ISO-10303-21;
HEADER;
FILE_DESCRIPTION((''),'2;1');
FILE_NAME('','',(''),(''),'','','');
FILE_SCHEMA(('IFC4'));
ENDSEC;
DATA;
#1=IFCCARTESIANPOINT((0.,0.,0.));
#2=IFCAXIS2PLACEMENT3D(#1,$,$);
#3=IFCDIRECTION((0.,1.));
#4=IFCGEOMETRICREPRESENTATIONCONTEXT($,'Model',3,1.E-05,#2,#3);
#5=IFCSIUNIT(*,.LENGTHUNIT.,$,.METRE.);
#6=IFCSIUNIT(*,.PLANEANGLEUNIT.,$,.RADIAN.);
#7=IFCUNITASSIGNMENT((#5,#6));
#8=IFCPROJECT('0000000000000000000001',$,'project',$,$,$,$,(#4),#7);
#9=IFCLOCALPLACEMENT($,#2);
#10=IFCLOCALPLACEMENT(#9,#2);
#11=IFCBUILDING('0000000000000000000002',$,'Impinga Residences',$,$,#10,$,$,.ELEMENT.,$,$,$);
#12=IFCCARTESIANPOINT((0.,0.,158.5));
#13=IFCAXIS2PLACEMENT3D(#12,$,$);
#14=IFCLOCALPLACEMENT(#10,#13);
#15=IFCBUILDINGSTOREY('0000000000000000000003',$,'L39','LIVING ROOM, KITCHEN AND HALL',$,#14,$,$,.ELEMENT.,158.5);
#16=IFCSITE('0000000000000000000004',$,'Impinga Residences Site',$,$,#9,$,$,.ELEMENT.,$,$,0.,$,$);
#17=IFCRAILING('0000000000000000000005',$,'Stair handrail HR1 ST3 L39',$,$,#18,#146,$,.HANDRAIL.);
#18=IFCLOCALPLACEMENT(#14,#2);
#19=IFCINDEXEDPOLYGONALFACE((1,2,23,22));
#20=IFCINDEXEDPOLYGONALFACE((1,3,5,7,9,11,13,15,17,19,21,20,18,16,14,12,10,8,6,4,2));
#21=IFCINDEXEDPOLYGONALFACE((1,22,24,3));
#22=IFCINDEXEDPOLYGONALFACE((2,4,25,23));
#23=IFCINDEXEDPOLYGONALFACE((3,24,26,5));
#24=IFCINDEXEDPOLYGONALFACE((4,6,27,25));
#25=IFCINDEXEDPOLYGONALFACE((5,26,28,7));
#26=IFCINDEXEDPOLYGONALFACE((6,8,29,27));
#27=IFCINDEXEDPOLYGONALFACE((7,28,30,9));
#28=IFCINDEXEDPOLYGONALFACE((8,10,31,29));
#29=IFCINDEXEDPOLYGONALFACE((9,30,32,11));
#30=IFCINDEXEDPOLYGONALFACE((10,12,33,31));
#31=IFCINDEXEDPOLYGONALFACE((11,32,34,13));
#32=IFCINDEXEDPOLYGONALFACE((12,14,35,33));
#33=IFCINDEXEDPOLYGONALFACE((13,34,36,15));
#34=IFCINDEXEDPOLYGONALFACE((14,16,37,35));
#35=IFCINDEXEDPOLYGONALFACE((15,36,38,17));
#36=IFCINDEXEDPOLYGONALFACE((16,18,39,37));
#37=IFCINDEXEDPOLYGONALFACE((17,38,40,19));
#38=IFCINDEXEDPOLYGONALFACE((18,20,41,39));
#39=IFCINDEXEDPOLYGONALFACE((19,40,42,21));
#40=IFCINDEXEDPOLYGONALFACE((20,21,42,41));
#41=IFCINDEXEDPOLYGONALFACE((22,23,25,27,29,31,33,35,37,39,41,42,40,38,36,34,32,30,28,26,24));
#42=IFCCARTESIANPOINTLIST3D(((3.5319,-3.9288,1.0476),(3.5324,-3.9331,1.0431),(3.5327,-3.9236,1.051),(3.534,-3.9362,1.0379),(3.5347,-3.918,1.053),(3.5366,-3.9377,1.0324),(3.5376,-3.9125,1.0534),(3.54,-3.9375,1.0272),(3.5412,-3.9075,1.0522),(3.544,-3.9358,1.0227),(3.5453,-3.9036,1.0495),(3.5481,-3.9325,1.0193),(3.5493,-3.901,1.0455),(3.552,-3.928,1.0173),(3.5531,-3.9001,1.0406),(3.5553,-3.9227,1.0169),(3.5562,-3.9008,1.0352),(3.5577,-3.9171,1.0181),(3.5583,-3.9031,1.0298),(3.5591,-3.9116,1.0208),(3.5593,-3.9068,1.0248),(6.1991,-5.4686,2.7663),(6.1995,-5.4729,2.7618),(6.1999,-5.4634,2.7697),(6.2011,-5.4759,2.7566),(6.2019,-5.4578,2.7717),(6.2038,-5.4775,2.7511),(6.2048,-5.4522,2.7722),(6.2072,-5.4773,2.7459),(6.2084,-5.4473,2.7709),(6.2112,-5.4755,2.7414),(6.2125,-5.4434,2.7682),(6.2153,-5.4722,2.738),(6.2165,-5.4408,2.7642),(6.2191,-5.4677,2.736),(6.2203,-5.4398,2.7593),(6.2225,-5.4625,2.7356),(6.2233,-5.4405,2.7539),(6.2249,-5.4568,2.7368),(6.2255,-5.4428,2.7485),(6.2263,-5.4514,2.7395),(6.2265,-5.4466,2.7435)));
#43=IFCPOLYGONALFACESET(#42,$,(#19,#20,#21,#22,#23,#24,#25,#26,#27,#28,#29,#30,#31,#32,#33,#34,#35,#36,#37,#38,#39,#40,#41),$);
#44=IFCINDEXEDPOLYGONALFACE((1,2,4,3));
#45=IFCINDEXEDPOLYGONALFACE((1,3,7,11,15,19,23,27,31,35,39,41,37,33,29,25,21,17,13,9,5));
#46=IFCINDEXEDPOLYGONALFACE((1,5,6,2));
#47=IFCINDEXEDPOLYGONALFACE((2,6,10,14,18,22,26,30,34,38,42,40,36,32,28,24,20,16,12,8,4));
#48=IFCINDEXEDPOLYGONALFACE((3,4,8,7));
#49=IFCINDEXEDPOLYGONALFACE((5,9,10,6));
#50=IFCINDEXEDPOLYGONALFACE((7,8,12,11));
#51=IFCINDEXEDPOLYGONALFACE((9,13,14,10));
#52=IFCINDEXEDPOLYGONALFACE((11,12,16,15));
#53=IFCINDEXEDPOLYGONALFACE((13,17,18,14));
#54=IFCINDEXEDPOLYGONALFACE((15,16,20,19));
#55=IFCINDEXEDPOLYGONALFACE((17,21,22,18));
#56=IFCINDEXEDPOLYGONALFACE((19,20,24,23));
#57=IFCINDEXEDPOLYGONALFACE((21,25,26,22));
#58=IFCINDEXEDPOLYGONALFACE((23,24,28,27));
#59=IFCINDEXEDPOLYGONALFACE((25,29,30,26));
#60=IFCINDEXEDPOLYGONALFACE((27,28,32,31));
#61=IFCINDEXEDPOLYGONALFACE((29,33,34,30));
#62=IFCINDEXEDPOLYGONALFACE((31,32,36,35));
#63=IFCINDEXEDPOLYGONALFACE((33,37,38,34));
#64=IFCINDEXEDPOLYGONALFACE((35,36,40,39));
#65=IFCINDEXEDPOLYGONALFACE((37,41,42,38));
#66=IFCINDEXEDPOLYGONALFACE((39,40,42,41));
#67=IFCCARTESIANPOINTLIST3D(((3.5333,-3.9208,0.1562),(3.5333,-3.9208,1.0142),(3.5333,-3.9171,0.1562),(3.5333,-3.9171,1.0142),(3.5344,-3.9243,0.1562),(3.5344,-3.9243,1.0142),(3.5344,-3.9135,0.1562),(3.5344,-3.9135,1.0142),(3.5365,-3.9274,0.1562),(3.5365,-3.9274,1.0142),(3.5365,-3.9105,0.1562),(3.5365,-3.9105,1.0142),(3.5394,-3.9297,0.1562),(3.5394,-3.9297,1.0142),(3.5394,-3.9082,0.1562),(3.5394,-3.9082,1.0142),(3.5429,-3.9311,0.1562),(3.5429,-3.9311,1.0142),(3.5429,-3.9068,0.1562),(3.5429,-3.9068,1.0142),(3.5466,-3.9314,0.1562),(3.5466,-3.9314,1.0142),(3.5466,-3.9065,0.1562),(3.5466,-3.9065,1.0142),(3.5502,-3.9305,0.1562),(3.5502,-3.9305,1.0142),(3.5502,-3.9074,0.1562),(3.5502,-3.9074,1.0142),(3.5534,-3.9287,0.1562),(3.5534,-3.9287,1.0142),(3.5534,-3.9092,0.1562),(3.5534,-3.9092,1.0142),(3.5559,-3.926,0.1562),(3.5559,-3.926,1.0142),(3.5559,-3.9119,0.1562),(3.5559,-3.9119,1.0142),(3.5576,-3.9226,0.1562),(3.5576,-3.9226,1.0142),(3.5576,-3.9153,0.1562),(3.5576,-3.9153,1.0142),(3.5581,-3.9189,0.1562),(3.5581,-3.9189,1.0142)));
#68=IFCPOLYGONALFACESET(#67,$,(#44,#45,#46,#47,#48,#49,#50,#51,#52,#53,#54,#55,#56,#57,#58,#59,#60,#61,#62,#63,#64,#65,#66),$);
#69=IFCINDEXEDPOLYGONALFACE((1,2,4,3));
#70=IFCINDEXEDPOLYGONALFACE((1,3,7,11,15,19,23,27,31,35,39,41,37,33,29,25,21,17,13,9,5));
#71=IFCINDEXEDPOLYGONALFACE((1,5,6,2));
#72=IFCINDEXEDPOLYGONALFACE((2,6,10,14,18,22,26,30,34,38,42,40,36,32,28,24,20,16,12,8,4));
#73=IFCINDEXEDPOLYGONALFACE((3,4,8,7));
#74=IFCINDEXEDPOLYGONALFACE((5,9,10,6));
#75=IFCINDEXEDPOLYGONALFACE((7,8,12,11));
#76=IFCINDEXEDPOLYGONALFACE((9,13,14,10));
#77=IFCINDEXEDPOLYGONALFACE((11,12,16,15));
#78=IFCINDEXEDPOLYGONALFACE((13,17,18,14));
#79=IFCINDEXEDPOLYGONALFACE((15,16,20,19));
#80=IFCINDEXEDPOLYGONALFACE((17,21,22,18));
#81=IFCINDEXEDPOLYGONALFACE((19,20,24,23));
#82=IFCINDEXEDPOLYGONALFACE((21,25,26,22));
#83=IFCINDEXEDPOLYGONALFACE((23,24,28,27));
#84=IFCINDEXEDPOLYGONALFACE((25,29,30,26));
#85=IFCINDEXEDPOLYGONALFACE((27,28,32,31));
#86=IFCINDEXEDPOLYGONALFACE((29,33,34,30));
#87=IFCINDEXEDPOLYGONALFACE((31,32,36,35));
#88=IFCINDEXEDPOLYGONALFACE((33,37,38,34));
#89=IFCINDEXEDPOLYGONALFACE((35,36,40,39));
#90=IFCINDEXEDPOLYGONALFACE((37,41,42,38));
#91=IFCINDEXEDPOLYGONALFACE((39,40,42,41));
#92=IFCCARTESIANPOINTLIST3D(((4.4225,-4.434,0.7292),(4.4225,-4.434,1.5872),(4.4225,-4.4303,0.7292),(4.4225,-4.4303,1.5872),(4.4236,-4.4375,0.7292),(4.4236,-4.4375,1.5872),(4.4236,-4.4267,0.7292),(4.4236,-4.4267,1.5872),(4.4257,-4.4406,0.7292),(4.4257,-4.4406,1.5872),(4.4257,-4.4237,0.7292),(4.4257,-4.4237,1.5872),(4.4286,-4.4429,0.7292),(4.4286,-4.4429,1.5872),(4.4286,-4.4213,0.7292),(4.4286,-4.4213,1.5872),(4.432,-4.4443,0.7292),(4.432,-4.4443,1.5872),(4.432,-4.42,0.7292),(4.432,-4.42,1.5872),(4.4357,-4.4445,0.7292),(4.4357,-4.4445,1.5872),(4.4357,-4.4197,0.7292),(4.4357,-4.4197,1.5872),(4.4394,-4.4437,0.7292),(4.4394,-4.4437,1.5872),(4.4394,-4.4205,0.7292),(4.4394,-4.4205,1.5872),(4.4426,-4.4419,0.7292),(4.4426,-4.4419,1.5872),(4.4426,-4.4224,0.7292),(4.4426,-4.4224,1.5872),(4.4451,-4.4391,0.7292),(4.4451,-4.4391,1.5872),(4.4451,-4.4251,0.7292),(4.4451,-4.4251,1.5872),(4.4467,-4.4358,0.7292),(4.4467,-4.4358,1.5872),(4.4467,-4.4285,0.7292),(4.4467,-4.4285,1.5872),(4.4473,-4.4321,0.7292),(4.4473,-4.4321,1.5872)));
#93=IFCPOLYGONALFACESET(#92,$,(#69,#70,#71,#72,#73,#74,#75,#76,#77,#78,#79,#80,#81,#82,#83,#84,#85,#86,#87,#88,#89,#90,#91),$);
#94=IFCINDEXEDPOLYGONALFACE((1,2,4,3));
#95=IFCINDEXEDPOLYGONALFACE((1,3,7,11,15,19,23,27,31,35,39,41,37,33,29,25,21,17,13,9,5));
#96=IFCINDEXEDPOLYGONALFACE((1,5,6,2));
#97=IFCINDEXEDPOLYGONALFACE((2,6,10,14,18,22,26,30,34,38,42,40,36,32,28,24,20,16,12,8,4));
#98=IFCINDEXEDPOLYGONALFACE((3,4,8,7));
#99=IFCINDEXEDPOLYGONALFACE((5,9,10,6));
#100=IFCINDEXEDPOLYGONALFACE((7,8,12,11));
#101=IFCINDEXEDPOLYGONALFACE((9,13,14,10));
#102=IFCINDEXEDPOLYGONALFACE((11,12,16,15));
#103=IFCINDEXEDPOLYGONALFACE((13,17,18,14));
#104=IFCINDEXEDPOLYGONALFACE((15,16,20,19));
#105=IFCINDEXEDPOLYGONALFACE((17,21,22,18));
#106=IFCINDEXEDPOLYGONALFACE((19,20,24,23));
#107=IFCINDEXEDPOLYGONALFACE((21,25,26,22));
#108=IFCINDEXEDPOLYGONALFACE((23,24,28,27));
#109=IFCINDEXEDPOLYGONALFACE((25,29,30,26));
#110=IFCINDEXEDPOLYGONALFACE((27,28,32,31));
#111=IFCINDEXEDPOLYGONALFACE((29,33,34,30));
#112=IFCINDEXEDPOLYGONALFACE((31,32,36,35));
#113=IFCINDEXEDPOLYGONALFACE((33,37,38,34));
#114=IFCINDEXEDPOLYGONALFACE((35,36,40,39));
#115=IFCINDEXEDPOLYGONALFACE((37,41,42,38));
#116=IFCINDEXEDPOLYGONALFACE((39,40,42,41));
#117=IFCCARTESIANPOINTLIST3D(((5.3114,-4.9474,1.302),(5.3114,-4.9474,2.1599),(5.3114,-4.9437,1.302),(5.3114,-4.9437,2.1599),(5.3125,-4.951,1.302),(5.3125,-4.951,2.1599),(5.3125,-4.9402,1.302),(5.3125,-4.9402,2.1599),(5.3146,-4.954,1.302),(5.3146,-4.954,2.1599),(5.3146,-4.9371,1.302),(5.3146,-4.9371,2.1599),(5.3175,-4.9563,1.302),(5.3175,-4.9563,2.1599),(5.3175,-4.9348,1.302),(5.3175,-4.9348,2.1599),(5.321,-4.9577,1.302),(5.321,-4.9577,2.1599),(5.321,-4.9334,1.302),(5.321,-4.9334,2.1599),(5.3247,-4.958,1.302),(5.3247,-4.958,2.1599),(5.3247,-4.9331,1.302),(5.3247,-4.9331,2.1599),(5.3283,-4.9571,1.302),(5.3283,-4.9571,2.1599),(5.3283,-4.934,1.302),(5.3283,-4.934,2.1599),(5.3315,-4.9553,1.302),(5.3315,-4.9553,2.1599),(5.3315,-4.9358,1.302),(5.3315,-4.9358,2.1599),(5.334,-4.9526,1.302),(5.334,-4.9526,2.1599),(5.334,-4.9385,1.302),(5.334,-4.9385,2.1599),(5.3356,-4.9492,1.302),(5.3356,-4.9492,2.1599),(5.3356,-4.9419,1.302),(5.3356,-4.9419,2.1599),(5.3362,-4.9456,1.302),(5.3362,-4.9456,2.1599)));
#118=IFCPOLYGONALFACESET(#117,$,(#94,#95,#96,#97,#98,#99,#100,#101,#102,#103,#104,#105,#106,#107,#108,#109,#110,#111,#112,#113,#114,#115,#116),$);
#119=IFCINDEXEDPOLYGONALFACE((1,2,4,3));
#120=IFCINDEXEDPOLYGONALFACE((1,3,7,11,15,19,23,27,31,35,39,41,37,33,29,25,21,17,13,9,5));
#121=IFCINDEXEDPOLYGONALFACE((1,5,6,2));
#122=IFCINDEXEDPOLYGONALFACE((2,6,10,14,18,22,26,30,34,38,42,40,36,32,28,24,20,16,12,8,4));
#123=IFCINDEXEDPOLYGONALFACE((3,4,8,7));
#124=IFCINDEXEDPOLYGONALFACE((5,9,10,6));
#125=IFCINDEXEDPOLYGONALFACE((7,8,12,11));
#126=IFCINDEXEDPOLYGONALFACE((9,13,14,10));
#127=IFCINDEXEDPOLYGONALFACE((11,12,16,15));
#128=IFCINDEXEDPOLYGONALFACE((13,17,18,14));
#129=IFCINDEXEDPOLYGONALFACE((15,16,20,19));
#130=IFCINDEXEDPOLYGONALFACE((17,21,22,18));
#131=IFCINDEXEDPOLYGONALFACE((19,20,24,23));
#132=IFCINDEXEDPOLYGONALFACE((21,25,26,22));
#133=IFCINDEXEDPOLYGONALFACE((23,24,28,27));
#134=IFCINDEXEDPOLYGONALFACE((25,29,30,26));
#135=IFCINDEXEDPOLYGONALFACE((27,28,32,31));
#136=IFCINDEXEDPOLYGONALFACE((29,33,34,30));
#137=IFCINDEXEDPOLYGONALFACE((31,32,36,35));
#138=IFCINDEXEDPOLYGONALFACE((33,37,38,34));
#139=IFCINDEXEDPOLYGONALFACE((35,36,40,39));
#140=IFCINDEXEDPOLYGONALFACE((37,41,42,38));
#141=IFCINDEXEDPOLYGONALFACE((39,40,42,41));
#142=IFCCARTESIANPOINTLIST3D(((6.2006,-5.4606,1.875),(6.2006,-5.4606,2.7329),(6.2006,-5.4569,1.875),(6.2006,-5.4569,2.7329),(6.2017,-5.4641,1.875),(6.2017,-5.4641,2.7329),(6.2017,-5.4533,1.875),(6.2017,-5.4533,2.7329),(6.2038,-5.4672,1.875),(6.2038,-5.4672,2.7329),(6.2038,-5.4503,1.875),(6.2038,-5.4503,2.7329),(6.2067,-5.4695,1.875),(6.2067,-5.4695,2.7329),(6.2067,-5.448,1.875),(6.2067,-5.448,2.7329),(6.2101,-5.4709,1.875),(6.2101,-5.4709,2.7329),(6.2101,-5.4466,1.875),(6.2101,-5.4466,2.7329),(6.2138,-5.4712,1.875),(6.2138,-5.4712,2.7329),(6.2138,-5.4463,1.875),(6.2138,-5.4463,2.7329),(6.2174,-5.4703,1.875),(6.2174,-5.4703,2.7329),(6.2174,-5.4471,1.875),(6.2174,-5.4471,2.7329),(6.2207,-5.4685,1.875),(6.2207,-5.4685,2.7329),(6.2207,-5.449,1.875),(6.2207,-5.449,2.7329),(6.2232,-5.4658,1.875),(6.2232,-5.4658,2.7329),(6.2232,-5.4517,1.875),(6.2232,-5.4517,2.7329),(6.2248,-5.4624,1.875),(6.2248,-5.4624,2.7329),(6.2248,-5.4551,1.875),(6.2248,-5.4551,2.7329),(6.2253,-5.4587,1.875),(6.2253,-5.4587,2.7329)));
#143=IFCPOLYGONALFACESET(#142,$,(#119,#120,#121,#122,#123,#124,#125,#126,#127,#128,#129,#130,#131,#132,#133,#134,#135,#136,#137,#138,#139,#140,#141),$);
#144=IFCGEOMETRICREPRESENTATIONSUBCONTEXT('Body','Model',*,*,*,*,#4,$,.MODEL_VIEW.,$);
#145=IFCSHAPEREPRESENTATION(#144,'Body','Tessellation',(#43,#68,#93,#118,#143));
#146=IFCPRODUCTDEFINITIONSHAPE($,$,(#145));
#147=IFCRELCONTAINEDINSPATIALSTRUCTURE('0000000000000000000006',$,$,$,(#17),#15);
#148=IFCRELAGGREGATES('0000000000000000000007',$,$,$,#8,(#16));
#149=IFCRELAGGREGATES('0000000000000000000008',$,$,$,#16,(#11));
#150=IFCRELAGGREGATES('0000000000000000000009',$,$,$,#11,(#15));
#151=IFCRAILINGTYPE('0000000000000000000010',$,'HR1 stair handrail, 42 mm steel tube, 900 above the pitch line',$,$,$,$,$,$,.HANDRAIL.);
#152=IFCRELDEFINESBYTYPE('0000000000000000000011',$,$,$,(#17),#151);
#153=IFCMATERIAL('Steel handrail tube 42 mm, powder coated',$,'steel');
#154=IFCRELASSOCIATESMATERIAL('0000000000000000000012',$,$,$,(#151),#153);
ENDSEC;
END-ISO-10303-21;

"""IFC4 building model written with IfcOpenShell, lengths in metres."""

from ifc_helpers import new_model, si_unit, direction, frame, origin, origin_2d, place, context, subcontext, project, spatial, circle, extrude, material, type_object, element, save


model = new_model("IFC4")

# Units and contexts
model_context = context("Model", 3, precision=1e-05, world=origin(), true_north=direction((0.0, 1.0)))
body_context = subcontext(model_context, "Body", "Model", "MODEL_VIEW")
ifc_project = project(units=[si_unit("LENGTHUNIT", "METRE"), si_unit("PLANEANGLEUNIT", "RADIAN")], contexts=[model_context])

# Site, building, storey
site_placement = place(None, origin())
site = spatial("IfcSite", under=ifc_project, at=site_placement, Name="Impinga Residences Site", CompositionType="ELEMENT", RefElevation=0.0)
building_placement = place(site_placement, origin())
building = spatial("IfcBuilding", under=site, at=building_placement, Name="Impinga Residences", CompositionType="ELEMENT")
storey_placement = place(building_placement, frame((0.0, 0.0, 158.5)))
storey = spatial("IfcBuildingStorey", under=building, at=storey_placement, Name="L39", Description="LIVING ROOM, KITCHEN AND HALL", CompositionType="ELEMENT", Elevation=158.5)

# Railing
ifc_material_1 = material(Name="Steel handrail tube 42 mm, powder coated", Category="steel")
railing_type_1 = type_object("IfcRailingType", Name="HR1 stair handrail, 42 mm steel tube, 900 above the pitch line", PredefinedType="HANDRAIL", material=ifc_material_1)
railing_1_placement = place(storey_placement, frame((3.5457, -3.9189, 0.1562)))
element("IfcRailing", 1, at=railing_1_placement, inside=storey, type_object=railing_type_1, Name="Stair handrail HR1 ST3 L39", PredefinedType="HANDRAIL", context=body_context, shape_type="SweptSolid", body=[
    extrude(circle(Radius=0.021, at=origin_2d()), frame((0.0, 0.0, 0.8789), z_axis=(0.756249, -0.436582, 0.487322), x_axis=(0.499967, 0.866044, 0.0)), (0.0, 0.0, 1.0), 3.5269),
    extrude(circle(Radius=0.0125, at=origin_2d()), origin(), (0.0, 0.0, 1.0), 0.8579),
    extrude(circle(Radius=0.0125, at=origin_2d()), frame((0.8892, -0.5132, 0.573)), (0.0, 0.0, 1.0), 0.8579),
    extrude(circle(Radius=0.0125, at=origin_2d()), frame((1.7781, -1.0266, 1.1458)), (0.0, 0.0, 1.0), 0.8579),
    extrude(circle(Radius=0.0125, at=origin_2d()), frame((2.6672, -1.5398, 1.7188)), (0.0, 0.0, 1.0), 0.8579),
])

save(model, "model.ifc")
